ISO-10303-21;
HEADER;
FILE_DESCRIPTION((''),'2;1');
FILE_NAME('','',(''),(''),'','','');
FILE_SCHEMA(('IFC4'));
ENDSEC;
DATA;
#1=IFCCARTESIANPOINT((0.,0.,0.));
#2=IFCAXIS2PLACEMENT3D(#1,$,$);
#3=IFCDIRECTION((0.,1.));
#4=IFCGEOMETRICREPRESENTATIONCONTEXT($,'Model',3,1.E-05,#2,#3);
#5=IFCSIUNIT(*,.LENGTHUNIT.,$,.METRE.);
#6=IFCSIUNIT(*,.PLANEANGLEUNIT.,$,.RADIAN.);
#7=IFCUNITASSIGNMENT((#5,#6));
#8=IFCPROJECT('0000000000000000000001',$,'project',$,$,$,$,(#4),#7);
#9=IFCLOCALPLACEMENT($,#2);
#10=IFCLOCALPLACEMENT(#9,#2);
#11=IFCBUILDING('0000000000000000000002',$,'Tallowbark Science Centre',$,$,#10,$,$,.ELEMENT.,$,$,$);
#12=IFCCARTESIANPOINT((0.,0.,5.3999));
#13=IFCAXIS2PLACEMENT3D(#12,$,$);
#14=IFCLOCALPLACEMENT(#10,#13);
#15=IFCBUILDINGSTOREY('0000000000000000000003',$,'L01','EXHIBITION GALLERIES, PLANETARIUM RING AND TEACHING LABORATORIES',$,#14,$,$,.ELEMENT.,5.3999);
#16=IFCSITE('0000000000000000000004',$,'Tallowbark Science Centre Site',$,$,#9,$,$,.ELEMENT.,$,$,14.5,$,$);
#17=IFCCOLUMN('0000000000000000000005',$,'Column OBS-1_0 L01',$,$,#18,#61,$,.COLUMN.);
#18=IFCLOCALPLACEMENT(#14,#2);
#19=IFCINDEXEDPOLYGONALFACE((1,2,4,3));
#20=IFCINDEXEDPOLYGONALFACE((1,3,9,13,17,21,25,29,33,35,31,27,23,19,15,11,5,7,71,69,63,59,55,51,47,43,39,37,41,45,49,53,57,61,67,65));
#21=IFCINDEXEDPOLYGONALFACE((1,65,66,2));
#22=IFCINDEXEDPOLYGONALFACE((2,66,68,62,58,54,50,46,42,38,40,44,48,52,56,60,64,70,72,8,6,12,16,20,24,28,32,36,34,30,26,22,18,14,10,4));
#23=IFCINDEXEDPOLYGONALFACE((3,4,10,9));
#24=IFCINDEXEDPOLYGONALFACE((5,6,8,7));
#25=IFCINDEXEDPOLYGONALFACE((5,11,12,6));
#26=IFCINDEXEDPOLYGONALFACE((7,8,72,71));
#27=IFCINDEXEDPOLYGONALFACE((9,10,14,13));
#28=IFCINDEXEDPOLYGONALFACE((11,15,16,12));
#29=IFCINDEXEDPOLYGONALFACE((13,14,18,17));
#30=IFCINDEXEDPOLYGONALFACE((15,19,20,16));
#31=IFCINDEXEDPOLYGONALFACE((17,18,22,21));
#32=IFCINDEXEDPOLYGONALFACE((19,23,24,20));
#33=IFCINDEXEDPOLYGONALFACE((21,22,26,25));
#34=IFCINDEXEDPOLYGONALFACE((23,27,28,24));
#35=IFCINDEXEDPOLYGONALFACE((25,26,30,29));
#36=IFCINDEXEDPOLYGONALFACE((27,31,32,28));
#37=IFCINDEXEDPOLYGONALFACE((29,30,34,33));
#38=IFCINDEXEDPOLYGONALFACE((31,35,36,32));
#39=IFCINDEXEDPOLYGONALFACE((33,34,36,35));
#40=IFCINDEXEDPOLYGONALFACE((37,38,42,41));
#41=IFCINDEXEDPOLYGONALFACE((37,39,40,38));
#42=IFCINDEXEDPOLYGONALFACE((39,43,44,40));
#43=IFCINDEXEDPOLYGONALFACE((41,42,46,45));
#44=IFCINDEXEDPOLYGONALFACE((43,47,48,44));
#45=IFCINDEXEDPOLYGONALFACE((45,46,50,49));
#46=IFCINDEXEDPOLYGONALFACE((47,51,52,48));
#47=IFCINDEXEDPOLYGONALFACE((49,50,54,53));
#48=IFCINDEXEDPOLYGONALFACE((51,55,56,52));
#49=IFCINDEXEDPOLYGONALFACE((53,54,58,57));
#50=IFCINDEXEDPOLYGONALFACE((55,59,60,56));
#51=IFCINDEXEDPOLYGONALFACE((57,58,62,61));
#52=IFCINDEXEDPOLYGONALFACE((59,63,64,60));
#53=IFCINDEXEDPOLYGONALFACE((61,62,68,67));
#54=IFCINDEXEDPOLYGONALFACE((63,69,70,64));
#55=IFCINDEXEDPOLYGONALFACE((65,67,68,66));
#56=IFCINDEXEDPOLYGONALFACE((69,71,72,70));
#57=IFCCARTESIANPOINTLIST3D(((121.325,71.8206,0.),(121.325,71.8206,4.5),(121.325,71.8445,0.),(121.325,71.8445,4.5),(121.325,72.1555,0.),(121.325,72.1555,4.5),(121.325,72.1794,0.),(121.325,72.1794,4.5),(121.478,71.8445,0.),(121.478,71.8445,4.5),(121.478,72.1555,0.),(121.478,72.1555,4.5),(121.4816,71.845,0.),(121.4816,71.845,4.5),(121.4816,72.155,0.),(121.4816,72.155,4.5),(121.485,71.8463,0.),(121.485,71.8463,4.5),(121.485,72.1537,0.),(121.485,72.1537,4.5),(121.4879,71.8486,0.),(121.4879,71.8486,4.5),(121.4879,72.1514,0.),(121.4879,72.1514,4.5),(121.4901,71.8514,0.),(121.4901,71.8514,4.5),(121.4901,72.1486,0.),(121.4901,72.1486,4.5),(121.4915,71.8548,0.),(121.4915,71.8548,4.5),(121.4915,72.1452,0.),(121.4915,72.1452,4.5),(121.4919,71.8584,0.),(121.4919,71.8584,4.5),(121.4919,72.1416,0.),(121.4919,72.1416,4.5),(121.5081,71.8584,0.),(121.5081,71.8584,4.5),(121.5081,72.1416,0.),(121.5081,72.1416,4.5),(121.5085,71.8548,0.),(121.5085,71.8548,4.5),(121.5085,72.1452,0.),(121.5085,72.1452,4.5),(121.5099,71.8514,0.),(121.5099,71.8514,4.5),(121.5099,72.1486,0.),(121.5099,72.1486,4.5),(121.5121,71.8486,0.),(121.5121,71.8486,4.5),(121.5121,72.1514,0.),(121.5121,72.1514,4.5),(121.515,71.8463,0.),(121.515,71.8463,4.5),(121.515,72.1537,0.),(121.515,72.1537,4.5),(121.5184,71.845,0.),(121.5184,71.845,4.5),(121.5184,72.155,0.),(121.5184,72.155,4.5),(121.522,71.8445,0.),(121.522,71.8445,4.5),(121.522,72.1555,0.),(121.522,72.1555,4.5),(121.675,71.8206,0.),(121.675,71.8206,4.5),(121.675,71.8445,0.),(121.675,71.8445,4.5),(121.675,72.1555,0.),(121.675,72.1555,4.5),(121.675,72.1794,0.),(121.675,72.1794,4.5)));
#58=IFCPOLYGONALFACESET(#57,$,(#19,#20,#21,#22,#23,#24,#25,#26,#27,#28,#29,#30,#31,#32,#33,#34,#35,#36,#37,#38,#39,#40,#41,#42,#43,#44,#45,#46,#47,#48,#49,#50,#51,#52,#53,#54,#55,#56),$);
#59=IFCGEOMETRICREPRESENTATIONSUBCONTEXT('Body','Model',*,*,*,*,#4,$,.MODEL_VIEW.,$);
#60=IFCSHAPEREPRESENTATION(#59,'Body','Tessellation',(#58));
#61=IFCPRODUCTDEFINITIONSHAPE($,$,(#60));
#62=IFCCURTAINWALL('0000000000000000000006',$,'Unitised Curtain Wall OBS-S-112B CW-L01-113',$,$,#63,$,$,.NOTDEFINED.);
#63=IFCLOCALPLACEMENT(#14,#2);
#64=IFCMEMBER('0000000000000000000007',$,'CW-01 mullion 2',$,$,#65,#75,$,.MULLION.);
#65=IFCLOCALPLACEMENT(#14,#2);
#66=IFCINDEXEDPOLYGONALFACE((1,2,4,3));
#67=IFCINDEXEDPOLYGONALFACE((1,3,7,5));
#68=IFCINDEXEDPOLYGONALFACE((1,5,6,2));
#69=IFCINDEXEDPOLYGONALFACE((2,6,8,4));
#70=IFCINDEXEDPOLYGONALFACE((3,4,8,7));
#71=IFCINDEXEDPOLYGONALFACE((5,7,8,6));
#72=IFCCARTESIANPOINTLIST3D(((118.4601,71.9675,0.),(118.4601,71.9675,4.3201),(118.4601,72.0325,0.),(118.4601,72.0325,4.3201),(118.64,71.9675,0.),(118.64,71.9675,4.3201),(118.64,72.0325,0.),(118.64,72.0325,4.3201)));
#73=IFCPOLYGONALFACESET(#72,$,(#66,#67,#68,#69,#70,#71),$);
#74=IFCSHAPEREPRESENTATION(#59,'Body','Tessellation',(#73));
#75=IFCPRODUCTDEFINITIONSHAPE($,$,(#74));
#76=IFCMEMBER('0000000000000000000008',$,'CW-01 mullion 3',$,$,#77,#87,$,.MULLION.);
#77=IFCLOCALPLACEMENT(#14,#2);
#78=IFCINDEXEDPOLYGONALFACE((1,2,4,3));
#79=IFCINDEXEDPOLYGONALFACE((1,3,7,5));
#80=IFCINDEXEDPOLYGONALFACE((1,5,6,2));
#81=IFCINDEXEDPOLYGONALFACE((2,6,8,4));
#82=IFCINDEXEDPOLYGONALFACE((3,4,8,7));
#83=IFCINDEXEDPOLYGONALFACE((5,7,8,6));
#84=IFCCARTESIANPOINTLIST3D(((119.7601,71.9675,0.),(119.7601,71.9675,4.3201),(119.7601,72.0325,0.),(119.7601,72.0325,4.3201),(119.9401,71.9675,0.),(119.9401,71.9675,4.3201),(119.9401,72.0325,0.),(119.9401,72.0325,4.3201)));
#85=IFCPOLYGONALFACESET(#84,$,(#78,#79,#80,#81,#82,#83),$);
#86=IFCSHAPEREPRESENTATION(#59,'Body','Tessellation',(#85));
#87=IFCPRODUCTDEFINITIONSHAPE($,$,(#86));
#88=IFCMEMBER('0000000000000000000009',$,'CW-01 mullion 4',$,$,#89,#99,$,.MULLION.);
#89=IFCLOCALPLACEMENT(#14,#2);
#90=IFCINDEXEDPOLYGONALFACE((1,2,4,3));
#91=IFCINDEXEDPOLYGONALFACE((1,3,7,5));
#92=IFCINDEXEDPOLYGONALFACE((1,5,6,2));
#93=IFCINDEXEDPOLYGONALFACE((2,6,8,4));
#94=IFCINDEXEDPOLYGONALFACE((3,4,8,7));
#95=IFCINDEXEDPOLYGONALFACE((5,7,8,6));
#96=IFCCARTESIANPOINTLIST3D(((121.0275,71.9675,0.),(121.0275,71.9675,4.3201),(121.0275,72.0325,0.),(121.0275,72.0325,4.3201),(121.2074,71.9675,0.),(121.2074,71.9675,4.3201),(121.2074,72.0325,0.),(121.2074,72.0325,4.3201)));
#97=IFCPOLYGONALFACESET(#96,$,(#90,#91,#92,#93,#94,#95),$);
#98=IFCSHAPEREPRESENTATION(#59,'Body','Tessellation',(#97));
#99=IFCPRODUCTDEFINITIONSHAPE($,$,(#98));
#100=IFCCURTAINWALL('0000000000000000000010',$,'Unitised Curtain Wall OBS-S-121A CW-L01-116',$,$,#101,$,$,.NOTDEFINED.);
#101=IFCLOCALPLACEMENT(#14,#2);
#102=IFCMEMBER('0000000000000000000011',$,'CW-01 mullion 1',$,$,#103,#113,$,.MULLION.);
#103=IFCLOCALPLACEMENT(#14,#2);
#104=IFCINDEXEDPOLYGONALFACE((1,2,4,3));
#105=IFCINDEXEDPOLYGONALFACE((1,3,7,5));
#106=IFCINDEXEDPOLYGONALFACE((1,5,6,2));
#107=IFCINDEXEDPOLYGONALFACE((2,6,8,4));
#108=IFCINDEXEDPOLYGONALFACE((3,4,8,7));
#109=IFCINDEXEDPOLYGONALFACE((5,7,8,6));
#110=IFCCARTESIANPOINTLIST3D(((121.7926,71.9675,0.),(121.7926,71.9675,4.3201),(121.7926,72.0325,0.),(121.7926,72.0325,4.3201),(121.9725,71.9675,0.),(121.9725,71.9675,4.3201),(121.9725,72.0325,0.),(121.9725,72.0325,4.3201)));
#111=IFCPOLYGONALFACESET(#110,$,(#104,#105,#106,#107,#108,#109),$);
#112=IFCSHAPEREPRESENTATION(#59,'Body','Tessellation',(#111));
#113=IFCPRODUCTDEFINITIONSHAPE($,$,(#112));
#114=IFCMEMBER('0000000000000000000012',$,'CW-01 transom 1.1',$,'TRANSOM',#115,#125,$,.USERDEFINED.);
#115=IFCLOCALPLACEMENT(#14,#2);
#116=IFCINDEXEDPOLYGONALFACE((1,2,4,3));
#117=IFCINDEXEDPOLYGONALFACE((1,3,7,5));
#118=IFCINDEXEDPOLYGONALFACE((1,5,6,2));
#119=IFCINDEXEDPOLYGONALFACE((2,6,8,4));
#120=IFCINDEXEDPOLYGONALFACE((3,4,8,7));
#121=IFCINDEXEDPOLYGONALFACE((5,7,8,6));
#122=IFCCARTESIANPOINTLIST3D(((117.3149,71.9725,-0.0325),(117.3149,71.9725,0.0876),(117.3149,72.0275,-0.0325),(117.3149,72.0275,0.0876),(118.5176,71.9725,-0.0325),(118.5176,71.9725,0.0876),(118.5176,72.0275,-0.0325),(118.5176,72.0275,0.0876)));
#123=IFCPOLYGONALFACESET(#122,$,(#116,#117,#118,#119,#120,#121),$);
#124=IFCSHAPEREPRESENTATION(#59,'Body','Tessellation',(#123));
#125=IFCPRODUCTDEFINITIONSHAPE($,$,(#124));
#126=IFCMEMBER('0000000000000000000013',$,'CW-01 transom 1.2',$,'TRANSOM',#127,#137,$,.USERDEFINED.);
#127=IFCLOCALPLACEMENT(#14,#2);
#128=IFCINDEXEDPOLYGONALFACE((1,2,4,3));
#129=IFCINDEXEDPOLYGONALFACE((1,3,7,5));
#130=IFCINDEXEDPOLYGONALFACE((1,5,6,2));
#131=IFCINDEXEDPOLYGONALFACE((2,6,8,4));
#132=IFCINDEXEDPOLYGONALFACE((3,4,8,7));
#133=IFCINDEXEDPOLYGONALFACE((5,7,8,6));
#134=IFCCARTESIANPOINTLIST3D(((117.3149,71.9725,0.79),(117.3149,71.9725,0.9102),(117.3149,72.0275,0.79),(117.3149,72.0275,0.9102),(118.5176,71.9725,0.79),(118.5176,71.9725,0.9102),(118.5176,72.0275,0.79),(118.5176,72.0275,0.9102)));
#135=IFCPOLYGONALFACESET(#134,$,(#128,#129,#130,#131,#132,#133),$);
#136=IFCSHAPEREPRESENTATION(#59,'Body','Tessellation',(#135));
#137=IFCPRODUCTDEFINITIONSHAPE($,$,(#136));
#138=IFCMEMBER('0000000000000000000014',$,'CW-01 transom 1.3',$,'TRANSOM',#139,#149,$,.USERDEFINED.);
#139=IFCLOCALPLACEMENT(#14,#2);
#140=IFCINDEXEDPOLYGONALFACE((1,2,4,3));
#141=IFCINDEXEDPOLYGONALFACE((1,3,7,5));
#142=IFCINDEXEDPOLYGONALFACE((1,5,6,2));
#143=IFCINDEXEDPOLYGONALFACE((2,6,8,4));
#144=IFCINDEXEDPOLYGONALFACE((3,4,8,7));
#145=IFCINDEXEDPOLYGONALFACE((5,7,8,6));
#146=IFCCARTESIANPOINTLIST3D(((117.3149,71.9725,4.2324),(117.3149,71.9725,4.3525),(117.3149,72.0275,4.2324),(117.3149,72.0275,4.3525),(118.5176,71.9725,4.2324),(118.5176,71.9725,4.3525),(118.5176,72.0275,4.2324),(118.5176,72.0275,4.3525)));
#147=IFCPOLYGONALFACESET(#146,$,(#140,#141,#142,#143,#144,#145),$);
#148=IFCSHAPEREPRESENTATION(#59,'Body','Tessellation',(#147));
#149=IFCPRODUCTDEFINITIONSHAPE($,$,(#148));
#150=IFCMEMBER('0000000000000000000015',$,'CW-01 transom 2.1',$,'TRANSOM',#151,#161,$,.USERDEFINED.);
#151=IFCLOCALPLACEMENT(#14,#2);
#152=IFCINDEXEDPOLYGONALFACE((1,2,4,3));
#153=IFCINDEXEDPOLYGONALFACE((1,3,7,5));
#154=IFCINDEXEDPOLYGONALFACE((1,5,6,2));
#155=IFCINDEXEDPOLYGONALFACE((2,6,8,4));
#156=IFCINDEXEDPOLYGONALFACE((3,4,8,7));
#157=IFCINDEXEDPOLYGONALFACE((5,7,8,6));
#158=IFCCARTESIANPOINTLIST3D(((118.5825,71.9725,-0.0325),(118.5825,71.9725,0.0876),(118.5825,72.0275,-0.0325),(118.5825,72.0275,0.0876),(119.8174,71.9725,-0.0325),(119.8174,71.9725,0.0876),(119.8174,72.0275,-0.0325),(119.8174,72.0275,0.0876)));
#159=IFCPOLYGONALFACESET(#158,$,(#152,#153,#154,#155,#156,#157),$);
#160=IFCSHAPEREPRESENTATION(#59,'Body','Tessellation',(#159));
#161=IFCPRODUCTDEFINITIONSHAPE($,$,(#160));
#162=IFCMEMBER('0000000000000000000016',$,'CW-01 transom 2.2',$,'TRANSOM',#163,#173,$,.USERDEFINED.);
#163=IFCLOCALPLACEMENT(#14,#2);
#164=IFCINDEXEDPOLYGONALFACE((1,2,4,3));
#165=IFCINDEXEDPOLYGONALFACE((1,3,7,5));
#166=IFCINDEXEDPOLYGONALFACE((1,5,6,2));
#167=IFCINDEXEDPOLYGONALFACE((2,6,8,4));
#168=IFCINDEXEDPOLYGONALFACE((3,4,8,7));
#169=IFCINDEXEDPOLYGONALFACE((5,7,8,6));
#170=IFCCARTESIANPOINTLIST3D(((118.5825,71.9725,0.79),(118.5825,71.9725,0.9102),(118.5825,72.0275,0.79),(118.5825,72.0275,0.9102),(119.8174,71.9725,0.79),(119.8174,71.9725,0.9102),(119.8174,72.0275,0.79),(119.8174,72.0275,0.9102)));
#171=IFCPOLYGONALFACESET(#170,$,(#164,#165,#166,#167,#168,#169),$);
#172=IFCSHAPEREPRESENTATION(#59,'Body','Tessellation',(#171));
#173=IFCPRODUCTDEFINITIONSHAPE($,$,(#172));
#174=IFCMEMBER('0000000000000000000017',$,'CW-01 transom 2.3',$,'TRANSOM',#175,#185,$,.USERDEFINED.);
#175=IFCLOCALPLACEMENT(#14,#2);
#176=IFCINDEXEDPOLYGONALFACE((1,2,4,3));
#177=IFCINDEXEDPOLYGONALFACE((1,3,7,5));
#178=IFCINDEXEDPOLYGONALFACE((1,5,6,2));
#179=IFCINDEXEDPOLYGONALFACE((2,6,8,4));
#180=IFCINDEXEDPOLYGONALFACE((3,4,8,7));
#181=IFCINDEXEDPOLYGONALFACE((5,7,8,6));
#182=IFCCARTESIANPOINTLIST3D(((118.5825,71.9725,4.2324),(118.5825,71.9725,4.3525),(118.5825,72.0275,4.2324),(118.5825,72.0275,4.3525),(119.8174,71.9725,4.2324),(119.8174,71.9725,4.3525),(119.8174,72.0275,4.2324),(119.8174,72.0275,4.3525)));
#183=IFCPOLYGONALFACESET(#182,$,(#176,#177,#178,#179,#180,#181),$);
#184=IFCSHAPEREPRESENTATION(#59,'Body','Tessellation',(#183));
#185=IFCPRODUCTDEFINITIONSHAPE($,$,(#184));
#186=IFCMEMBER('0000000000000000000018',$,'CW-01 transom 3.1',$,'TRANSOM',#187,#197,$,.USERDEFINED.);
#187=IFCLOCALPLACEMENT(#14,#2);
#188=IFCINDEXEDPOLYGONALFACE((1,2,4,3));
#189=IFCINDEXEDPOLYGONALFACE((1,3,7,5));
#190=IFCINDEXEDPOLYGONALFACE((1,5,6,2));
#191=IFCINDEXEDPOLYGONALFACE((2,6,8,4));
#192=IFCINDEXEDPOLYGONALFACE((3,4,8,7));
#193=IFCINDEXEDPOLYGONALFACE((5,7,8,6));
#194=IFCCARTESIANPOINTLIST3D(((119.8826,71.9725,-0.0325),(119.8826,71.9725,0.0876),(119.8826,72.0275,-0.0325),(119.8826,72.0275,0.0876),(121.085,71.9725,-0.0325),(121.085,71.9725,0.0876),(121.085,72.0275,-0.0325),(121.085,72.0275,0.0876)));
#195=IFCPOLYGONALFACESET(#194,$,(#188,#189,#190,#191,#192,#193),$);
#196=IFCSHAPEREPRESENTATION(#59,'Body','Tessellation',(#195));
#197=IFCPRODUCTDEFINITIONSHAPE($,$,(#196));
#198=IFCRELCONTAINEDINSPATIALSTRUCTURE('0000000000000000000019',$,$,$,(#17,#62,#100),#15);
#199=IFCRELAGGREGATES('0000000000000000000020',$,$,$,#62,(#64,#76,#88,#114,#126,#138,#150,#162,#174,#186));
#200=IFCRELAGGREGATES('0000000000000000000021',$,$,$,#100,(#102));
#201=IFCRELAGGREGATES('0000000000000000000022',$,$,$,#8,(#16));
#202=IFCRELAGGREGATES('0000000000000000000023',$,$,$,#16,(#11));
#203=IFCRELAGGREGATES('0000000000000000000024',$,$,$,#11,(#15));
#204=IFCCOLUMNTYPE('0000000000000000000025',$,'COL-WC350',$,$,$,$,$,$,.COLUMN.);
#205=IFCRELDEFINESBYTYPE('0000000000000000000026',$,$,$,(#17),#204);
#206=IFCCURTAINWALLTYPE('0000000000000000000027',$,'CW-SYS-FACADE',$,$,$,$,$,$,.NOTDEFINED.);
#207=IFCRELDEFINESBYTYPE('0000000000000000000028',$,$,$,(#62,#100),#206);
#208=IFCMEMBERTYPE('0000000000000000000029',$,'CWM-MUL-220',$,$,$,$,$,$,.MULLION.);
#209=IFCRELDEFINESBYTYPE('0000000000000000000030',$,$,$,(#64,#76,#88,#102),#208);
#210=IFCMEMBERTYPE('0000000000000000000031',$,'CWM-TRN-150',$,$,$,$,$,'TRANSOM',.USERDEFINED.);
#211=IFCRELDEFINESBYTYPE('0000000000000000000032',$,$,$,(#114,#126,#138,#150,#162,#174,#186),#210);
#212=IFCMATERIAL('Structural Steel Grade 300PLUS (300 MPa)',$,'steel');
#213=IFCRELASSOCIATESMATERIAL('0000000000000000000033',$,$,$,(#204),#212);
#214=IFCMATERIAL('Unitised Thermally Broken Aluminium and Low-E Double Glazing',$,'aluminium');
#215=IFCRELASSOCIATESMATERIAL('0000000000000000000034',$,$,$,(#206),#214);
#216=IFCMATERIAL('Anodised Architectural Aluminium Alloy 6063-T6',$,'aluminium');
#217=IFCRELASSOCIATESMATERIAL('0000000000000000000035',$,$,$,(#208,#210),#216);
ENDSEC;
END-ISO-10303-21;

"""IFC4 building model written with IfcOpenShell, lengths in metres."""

from ifc_helpers import new_model, si_unit, direction, frame, origin, origin_2d, place, context, subcontext, project, spatial, rectangle, i_section, extrude, material, material_profile, profile_set, type_object, element, aggregate, save


model = new_model("IFC4")

# Units and contexts
model_context = context("Model", 3, precision=1e-05, world=origin(), true_north=direction((0.0, 1.0)))
body_context = subcontext(model_context, "Body", "Model", "MODEL_VIEW")
ifc_project = project(units=[si_unit("LENGTHUNIT", "METRE"), si_unit("PLANEANGLEUNIT", "RADIAN")], contexts=[model_context])

# Site, building, storey
site_placement = place(None, origin())
site = spatial("IfcSite", under=ifc_project, at=site_placement, Name="Tallowbark Science Centre Site", CompositionType="ELEMENT", RefElevation=14.5)
building_placement = place(site_placement, origin())
building = spatial("IfcBuilding", under=site, at=building_placement, Name="Tallowbark Science Centre", CompositionType="ELEMENT")
storey_placement = place(building_placement, frame((0.0, 0.0, 5.3999)))
storey = spatial("IfcBuildingStorey", under=building, at=storey_placement, Name="L01", Description="EXHIBITION GALLERIES, PLANETARIUM RING AND TEACHING LABORATORIES", CompositionType="ELEMENT", Elevation=5.3999)

# Column
ifc_material_1 = material(Name="Structural Steel Grade 300PLUS (300 MPa)", Category="steel")
ifc_material_profile_1 = material_profile(ifc_material_1, i_section(OverallWidth=0.3501, OverallDepth=0.3589, WebThickness=0.0161, FlangeThickness=0.0239, FilletRadius=0.0139, at=origin_2d()), Name="350WC197")
ifc_profile_set_1 = profile_set([ifc_material_profile_1], Name="Structural Steel Grade 300PLUS (300 MPa)")
column_type = type_object("IfcColumnType", Name="COL-WC350", PredefinedType="COLUMN", material=ifc_profile_set_1)
column_placement = place(storey_placement, frame((121.5, 72.0, 0.0), z_axis=(0.0, 0.0, 1.0), x_axis=(1.0, 0.0, 0.0)))
element("IfcColumn", 1, at=column_placement, inside=storey, type_object=column_type, Name="Column OBS-1_0 L01", PredefinedType="COLUMN", context=body_context, shape_type="SweptSolid", body=[
    extrude(i_section(OverallWidth=0.3501, OverallDepth=0.3589, WebThickness=0.0161, FlangeThickness=0.0239, FilletRadius=0.0139, at=origin_2d()), origin(), (0.0, 0.0, 1.0), 4.5),
])

# Curtain wall, members
ifc_material_2 = material(Name="Unitised Thermally Broken Aluminium and Low-E Double Glazing", Category="aluminium")
curtain_wall_type = type_object("IfcCurtainWallType", Name="CW-SYS-FACADE", PredefinedType="NOTDEFINED", material=ifc_material_2)
curtain_wall_1_placement = place(storey_placement, origin())
curtain_wall_1 = element("IfcCurtainWall", 2, at=curtain_wall_1_placement, inside=storey, type_object=curtain_wall_type, Name="Unitised Curtain Wall OBS-S-112B CW-L01-113", PredefinedType="NOTDEFINED")
ifc_material_3 = material(Name="Anodised Architectural Aluminium Alloy 6063-T6", Category="aluminium")
ifc_material_profile_2 = material_profile(ifc_material_3, rectangle(XDim=0.0649, YDim=0.1799, at=origin_2d()), Name="ALU65x180")
ifc_profile_set_2 = profile_set([ifc_material_profile_2], Name="Anodised Architectural Aluminium Alloy 6063-T6")
member_type_1 = type_object("IfcMemberType", Name="CWM-MUL-220", PredefinedType="MULLION", material=ifc_profile_set_2)
member_1_placement = place(storey_placement, frame((118.55, 72.0, 0.0), z_axis=(0.0, 0.0, 1.0), x_axis=(0.0, 1.0, 0.0)))
member_1 = element("IfcMember", 3, at=member_1_placement, type_object=member_type_1, Name="CW-01 mullion 2", PredefinedType="MULLION", context=body_context, shape_type="SweptSolid", body=[
    extrude(rectangle(XDim=0.0649, YDim=0.1799, at=origin_2d()), origin(), (0.0, 0.0, 1.0), 4.3201),
])
member_2_placement = place(storey_placement, frame((119.8501, 72.0, 0.0), z_axis=(0.0, 0.0, 1.0), x_axis=(0.0, 1.0, 0.0)))
member_2 = element("IfcMember", 4, at=member_2_placement, type_object=member_type_1, Name="CW-01 mullion 3", PredefinedType="MULLION", context=body_context, shape_type="SweptSolid", body=[
    extrude(rectangle(XDim=0.0649, YDim=0.1799, at=origin_2d()), origin(), (0.0, 0.0, 1.0), 4.3201),
])
member_3_placement = place(storey_placement, frame((121.1174, 72.0, 0.0), z_axis=(0.0, 0.0, 1.0), x_axis=(0.0, 1.0, 0.0)))
member_3 = element("IfcMember", 5, at=member_3_placement, type_object=member_type_1, Name="CW-01 mullion 4", PredefinedType="MULLION", context=body_context, shape_type="SweptSolid", body=[
    extrude(rectangle(XDim=0.0649, YDim=0.1799, at=origin_2d()), origin(), (0.0, 0.0, 1.0), 4.3201),
])

# Curtain wall, member
curtain_wall_2_placement = place(storey_placement, origin())
curtain_wall_2 = element("IfcCurtainWall", 6, at=curtain_wall_2_placement, inside=storey, type_object=curtain_wall_type, Name="Unitised Curtain Wall OBS-S-121A CW-L01-116", PredefinedType="NOTDEFINED")
member_4_placement = place(storey_placement, frame((121.8826, 72.0, 0.0), z_axis=(0.0, 0.0, 1.0), x_axis=(0.0, 1.0, 0.0)))
member_4 = element("IfcMember", 7, at=member_4_placement, type_object=member_type_1, Name="CW-01 mullion 1", PredefinedType="MULLION", context=body_context, shape_type="SweptSolid", body=[
    extrude(rectangle(XDim=0.0649, YDim=0.1799, at=origin_2d()), origin(), (0.0, 0.0, 1.0), 4.3201),
])

# Members
ifc_material_profile_3 = material_profile(ifc_material_3, rectangle(XDim=0.0549, YDim=0.1201, at=origin_2d()), Name="ALU55x120")
ifc_profile_set_3 = profile_set([ifc_material_profile_3], Name="Anodised Architectural Aluminium Alloy 6063-T6")
member_type_2 = type_object("IfcMemberType", Name="CWM-TRN-150", ElementType="TRANSOM", PredefinedType="USERDEFINED", material=ifc_profile_set_3)
member_5_placement = place(storey_placement, frame((117.3149, 72.0, 0.0276), z_axis=(1.0, 0.0, 0.0), x_axis=(0.0, 1.0, 0.0)))
member_5 = element("IfcMember", 8, at=member_5_placement, type_object=member_type_2, Name="CW-01 transom 1.1", ObjectType="TRANSOM", PredefinedType="USERDEFINED", context=body_context, shape_type="SweptSolid", body=[
    extrude(rectangle(XDim=0.0549, YDim=0.1201, at=origin_2d()), origin(), (0.0, 0.0, 1.0), 1.2026),
])
member_6_placement = place(storey_placement, frame((117.3149, 72.0, 0.8501), z_axis=(1.0, 0.0, 0.0), x_axis=(0.0, 1.0, 0.0)))
member_6 = element("IfcMember", 9, at=member_6_placement, type_object=member_type_2, Name="CW-01 transom 1.2", ObjectType="TRANSOM", PredefinedType="USERDEFINED", context=body_context, shape_type="SweptSolid", body=[
    extrude(rectangle(XDim=0.0549, YDim=0.1201, at=origin_2d()), origin(), (0.0, 0.0, 1.0), 1.2026),
])
member_7_placement = place(storey_placement, frame((117.3149, 72.0, 4.2925), z_axis=(1.0, 0.0, 0.0), x_axis=(0.0, 1.0, 0.0)))
member_7 = element("IfcMember", 10, at=member_7_placement, type_object=member_type_2, Name="CW-01 transom 1.3", ObjectType="TRANSOM", PredefinedType="USERDEFINED", context=body_context, shape_type="SweptSolid", body=[
    extrude(rectangle(XDim=0.0549, YDim=0.1201, at=origin_2d()), origin(), (0.0, 0.0, 1.0), 1.2026),
])
member_8_placement = place(storey_placement, frame((118.5825, 72.0, 0.0276), z_axis=(1.0, 0.0, 0.0), x_axis=(0.0, 1.0, 0.0)))
member_8 = element("IfcMember", 11, at=member_8_placement, type_object=member_type_2, Name="CW-01 transom 2.1", ObjectType="TRANSOM", PredefinedType="USERDEFINED", context=body_context, shape_type="SweptSolid", body=[
    extrude(rectangle(XDim=0.0549, YDim=0.1201, at=origin_2d()), origin(), (0.0, 0.0, 1.0), 1.2349),
])
member_9_placement = place(storey_placement, frame((118.5825, 72.0, 0.8501), z_axis=(1.0, 0.0, 0.0), x_axis=(0.0, 1.0, 0.0)))
member_9 = element("IfcMember", 12, at=member_9_placement, type_object=member_type_2, Name="CW-01 transom 2.2", ObjectType="TRANSOM", PredefinedType="USERDEFINED", context=body_context, shape_type="SweptSolid", body=[
    extrude(rectangle(XDim=0.0549, YDim=0.1201, at=origin_2d()), origin(), (0.0, 0.0, 1.0), 1.2349),
])
member_10_placement = place(storey_placement, frame((118.5825, 72.0, 4.2925), z_axis=(1.0, 0.0, 0.0), x_axis=(0.0, 1.0, 0.0)))
member_10 = element("IfcMember", 13, at=member_10_placement, type_object=member_type_2, Name="CW-01 transom 2.3", ObjectType="TRANSOM", PredefinedType="USERDEFINED", context=body_context, shape_type="SweptSolid", body=[
    extrude(rectangle(XDim=0.0549, YDim=0.1201, at=origin_2d()), origin(), (0.0, 0.0, 1.0), 1.2349),
])
member_11_placement = place(storey_placement, frame((119.8826, 72.0, 0.0276), z_axis=(1.0, 0.0, 0.0), x_axis=(0.0, 1.0, 0.0)))
member_11 = element("IfcMember", 14, at=member_11_placement, type_object=member_type_2, Name="CW-01 transom 3.1", ObjectType="TRANSOM", PredefinedType="USERDEFINED", context=body_context, shape_type="SweptSolid", body=[
    extrude(rectangle(XDim=0.0549, YDim=0.1201, at=origin_2d()), origin(), (0.0, 0.0, 1.0), 1.2024),
])

aggregate(curtain_wall_1, [member_1, member_2, member_3, member_5, member_6, member_7, member_8, member_9, member_10, member_11])
aggregate(curtain_wall_2, [member_4])

save(model, "model.ifc")
